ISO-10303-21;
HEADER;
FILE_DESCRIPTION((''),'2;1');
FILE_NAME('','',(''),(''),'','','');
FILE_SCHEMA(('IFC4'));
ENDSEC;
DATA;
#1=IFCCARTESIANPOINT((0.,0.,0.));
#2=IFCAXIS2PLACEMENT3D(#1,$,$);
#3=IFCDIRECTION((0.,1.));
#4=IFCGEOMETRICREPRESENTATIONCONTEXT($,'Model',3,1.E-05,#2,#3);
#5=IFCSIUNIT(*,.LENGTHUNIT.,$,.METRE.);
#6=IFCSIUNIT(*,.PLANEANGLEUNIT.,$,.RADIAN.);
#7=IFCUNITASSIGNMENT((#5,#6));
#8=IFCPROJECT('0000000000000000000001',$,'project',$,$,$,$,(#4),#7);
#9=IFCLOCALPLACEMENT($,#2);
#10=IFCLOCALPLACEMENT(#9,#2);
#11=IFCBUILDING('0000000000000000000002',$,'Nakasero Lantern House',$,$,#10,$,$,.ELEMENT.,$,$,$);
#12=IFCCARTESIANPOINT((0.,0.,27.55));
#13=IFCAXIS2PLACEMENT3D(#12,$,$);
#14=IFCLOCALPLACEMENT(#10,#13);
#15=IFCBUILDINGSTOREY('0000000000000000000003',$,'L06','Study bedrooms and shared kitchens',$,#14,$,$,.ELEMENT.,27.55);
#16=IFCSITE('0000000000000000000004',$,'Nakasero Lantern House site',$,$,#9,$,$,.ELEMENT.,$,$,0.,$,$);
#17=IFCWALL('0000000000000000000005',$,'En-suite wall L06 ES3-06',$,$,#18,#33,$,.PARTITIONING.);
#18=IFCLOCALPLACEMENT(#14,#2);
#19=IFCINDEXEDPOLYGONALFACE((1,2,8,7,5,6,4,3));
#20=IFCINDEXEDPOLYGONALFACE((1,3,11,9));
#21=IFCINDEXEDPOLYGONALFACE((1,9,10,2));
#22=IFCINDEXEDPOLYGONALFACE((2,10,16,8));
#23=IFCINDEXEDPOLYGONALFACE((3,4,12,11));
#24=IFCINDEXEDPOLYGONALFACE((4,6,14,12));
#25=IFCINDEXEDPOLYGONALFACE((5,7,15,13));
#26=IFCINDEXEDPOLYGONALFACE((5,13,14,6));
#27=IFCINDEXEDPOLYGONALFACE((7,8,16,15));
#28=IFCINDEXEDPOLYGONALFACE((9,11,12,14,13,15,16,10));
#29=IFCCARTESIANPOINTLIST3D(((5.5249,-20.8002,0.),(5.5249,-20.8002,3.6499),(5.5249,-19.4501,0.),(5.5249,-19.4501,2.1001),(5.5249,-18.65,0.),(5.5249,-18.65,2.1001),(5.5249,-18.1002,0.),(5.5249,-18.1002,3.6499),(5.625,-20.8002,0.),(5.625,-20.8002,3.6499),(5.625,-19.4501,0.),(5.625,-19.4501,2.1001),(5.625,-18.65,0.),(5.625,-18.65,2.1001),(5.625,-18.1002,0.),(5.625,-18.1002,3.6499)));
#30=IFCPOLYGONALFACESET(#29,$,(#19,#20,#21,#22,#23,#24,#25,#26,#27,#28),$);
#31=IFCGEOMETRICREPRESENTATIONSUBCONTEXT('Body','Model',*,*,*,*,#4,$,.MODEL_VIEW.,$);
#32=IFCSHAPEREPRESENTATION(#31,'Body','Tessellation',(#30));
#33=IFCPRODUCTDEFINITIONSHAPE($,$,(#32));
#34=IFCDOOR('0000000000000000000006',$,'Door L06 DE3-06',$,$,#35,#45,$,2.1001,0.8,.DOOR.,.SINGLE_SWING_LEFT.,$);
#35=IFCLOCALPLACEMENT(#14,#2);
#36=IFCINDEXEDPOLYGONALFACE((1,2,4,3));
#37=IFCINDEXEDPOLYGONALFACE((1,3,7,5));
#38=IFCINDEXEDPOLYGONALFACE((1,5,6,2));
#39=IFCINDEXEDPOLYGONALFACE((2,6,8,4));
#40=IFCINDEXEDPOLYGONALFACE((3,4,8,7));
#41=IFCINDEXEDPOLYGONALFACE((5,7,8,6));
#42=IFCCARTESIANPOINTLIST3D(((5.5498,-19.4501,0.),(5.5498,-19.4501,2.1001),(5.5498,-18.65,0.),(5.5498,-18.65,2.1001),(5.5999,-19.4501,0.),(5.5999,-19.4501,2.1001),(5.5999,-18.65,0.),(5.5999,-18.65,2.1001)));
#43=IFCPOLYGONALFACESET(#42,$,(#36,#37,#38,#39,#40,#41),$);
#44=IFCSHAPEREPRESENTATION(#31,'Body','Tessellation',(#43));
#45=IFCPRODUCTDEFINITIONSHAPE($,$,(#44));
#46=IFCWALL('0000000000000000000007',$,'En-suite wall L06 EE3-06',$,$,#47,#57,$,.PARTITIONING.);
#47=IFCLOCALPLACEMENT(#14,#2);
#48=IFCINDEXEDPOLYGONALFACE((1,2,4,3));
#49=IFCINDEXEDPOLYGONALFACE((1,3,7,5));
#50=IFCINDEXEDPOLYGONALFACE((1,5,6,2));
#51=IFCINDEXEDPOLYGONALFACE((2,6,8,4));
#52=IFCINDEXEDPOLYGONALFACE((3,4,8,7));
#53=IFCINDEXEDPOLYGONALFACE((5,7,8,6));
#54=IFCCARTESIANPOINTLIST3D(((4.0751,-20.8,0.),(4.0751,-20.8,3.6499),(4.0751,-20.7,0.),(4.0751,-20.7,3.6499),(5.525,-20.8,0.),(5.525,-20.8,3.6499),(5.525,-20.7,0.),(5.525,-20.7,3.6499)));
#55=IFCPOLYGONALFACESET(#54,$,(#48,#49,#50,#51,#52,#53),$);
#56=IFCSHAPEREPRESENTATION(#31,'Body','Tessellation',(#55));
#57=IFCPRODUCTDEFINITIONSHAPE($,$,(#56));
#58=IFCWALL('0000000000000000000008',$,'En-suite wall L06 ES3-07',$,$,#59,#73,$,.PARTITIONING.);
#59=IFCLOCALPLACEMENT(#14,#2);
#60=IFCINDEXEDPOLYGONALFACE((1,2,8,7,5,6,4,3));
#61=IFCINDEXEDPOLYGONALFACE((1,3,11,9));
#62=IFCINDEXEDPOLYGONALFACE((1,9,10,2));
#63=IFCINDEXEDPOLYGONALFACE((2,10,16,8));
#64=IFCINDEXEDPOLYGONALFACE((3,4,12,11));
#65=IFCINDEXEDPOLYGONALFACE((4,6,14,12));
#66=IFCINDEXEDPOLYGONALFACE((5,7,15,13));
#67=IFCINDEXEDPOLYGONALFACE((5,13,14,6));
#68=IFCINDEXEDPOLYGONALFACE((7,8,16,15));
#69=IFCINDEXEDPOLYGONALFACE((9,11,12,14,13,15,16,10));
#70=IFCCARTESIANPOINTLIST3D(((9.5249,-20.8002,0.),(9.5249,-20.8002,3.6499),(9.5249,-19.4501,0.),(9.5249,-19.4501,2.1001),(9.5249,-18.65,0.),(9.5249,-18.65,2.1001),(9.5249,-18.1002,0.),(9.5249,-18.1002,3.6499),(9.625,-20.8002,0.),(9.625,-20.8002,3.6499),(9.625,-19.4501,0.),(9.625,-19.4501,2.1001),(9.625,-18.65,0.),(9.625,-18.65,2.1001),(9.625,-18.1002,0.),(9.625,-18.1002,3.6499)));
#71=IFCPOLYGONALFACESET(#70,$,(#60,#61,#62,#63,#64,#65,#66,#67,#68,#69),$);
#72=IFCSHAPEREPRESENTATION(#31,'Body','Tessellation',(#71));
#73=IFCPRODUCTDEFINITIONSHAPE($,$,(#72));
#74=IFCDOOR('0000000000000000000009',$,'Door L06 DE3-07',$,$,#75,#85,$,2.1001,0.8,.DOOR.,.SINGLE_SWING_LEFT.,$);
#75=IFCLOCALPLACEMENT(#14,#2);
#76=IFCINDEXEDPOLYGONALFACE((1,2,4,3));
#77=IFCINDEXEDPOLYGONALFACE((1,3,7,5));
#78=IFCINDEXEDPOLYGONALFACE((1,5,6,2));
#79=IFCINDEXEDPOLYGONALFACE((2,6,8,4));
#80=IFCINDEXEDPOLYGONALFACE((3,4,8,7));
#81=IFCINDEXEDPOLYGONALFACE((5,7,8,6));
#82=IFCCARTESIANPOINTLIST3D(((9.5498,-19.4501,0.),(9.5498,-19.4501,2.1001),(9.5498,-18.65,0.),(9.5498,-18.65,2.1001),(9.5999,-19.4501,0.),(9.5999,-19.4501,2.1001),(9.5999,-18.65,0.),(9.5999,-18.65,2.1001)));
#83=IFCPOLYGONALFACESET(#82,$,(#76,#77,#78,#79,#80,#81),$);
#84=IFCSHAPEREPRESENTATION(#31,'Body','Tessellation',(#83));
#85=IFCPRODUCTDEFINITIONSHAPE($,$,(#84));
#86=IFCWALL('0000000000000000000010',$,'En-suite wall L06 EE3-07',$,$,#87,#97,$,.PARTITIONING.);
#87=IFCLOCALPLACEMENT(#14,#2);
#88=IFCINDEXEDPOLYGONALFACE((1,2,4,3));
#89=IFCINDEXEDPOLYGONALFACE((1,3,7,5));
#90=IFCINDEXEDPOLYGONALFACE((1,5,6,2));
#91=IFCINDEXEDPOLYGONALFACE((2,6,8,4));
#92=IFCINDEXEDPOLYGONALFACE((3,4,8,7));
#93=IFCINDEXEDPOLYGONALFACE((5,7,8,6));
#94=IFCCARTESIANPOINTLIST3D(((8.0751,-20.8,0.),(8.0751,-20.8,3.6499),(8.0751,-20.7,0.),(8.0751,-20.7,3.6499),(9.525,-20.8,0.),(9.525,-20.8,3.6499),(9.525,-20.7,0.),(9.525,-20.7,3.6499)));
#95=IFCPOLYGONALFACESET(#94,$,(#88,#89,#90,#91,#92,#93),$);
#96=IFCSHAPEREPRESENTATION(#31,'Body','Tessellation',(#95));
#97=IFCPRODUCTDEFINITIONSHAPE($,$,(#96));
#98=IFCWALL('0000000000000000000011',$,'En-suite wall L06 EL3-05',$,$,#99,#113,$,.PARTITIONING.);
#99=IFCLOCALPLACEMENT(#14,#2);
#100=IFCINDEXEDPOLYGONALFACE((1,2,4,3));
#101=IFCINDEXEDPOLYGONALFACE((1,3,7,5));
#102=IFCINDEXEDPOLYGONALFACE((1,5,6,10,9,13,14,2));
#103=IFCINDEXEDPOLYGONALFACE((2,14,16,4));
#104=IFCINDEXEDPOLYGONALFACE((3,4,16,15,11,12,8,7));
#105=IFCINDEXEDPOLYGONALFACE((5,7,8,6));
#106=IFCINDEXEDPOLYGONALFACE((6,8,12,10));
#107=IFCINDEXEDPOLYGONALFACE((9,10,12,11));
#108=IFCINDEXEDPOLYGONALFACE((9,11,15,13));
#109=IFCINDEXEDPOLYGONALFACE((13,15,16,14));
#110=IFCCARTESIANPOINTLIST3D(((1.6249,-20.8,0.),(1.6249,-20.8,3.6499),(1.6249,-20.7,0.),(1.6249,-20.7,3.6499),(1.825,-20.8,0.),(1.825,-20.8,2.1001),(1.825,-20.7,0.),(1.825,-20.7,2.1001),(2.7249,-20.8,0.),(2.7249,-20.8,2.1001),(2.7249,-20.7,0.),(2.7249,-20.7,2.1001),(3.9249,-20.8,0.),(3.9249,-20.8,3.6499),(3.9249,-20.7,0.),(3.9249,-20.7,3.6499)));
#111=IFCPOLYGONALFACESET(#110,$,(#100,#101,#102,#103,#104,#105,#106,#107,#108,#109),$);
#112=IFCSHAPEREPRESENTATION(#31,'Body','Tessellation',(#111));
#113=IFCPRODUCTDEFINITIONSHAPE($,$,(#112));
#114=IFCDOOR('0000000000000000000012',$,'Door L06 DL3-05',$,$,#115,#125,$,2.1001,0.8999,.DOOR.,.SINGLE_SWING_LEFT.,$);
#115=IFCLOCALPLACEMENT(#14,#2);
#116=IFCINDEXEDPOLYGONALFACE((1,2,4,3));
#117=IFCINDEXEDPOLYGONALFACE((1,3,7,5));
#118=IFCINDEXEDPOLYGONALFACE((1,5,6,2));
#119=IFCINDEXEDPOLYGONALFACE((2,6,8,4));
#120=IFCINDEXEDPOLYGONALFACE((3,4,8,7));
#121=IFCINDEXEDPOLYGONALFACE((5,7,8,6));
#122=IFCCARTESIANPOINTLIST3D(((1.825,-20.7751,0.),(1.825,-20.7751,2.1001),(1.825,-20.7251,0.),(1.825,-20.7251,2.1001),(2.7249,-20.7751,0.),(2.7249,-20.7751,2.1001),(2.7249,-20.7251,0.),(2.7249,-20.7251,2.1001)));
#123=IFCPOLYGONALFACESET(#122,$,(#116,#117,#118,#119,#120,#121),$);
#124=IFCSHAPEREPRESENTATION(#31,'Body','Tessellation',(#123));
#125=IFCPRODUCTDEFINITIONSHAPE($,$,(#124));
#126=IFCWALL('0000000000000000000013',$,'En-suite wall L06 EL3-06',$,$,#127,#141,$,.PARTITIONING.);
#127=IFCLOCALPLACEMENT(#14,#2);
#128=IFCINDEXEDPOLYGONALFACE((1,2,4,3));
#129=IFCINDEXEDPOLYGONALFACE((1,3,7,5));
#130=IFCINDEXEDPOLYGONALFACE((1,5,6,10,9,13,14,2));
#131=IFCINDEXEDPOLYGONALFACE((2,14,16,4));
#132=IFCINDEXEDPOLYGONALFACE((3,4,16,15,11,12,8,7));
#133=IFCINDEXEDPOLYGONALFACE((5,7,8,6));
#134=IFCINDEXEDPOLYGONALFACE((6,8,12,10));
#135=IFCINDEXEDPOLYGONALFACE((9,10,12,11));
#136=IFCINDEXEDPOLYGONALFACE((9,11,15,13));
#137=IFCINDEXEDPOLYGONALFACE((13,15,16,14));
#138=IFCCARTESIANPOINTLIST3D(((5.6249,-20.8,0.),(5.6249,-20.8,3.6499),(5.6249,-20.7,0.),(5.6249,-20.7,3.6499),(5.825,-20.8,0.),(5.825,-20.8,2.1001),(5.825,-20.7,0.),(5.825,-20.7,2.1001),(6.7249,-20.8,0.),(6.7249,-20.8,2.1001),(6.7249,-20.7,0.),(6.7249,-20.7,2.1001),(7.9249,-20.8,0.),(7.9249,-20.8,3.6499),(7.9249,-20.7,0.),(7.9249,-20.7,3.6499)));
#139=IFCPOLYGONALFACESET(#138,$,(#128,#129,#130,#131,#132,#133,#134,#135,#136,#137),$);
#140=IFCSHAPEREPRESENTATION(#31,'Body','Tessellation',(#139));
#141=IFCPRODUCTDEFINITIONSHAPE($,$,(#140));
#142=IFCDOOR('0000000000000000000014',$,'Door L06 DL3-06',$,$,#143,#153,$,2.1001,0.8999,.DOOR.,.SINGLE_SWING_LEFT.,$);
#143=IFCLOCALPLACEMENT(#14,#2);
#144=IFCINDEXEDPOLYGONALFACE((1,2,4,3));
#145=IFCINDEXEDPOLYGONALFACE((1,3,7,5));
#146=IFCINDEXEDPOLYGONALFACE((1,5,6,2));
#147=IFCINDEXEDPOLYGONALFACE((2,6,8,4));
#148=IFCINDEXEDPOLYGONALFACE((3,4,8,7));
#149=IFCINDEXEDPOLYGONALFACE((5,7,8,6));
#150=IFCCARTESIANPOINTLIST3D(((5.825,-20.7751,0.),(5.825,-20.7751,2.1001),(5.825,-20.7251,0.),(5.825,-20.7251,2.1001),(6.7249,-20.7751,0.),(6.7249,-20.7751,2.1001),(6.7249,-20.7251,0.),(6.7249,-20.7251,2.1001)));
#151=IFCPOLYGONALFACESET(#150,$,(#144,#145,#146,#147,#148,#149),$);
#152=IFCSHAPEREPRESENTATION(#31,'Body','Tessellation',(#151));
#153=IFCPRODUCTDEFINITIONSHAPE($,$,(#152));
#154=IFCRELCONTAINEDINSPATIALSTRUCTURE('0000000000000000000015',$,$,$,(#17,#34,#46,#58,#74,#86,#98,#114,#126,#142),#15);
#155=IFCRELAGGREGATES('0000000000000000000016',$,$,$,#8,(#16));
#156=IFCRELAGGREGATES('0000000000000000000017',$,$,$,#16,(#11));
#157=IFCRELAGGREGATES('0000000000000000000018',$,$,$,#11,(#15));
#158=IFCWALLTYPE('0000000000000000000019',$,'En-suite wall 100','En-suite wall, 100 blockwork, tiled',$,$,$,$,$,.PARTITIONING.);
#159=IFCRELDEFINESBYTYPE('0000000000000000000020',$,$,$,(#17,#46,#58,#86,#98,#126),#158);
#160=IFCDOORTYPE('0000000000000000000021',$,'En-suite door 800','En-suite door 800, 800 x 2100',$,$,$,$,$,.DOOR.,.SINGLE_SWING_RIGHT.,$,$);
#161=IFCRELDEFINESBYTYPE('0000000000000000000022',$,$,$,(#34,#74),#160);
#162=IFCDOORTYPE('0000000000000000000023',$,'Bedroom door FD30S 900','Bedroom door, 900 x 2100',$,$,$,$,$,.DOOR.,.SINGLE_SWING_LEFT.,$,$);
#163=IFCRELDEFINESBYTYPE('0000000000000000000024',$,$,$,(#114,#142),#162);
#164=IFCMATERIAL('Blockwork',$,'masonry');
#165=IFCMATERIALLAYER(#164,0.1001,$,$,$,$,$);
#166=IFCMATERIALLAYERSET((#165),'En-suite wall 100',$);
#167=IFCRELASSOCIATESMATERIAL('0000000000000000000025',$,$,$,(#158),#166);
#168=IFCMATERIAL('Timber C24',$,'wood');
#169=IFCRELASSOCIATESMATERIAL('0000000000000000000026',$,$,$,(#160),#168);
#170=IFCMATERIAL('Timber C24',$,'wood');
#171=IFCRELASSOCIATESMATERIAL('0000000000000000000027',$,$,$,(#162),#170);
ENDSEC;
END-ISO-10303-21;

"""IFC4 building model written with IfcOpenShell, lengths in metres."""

from ifc_helpers import new_model, si_unit, direction, frame, frame_2d, origin, place, context, subcontext, project, spatial, rectangle, extrude, material, layer, layer_set, type_object, element, fill, save


model = new_model("IFC4")

# Units and contexts
model_context = context("Model", 3, precision=1e-05, world=origin(), true_north=direction((0.0, 1.0)))
body_context = subcontext(model_context, "Body", "Model", "MODEL_VIEW")
ifc_project = project(units=[si_unit("LENGTHUNIT", "METRE"), si_unit("PLANEANGLEUNIT", "RADIAN")], contexts=[model_context])

# Site, building, storey
site_placement = place(None, origin())
site = spatial("IfcSite", under=ifc_project, at=site_placement, Name="Nakasero Lantern House site", CompositionType="ELEMENT", RefElevation=0.0)
building_placement = place(site_placement, origin())
building = spatial("IfcBuilding", under=site, at=building_placement, Name="Nakasero Lantern House", CompositionType="ELEMENT")
storey_placement = place(building_placement, frame((0.0, 0.0, 27.55)))
storey = spatial("IfcBuildingStorey", under=building, at=storey_placement, Name="L06", Description="Study bedrooms and shared kitchens", CompositionType="ELEMENT", Elevation=27.55)

# Shared definitions
ifc_material_1 = material(Name="Blockwork", Category="masonry")
ifc_layer_1 = layer(ifc_material_1, 0.1001)
ifc_layer_set_1 = layer_set([ifc_layer_1], Name="En-suite wall 100")
wall_type_1 = type_object("IfcWallType", Name="En-suite wall 100", Description="En-suite wall, 100 blockwork, tiled", PredefinedType="PARTITIONING", material=ifc_layer_set_1)
ifc_material_2 = material(Name="Timber C24", Category="wood")
door_type_1 = type_object("IfcDoorType", Name="En-suite door 800", Description="En-suite door 800, 800 x 2100", OperationType="SINGLE_SWING_RIGHT", PredefinedType="DOOR", material=ifc_material_2)

# Wall, opening, door
wall_1_placement = place(storey_placement, frame((5.575, -18.1001, 0.0), z_axis=(0.0, 0.0, 1.0), x_axis=(0.0, -1.0, 0.0)))
wall_1 = element("IfcWall", 1, at=wall_1_placement, inside=storey, type_object=wall_type_1, Name="En-suite wall L06 ES3-06", PredefinedType="PARTITIONING", context=body_context, shape_type="SweptSolid", body=[
    extrude(rectangle(XDim=2.7, YDim=0.1001, at=frame_2d((1.3501, 0.0))), origin(), (0.0, 0.0, 1.0), 3.6499),
])
opening_1_placement = place(wall_1_placement, frame((0.55, 0.0, 0.0)))
opening_1 = element("IfcOpeningElement", 2, at=opening_1_placement, cuts=wall_1, PredefinedType="OPENING", context=body_context, shape_type="SweptSolid", body=[
    extrude(rectangle(XDim=0.8, YDim=2.1001, at=frame_2d((0.3999, 1.05))), frame((0.0, 0.0701, 0.0), z_axis=(0.0, -1.0, 0.0), x_axis=(1.0, 0.0, 0.0)), (0.0, 0.0, 1.0), 0.1401),
])
door_1_placement = place(opening_1_placement, origin())
door_1 = element("IfcDoor", 3, at=door_1_placement, inside=storey, type_object=door_type_1, Name="Door L06 DE3-06", OperationType="SINGLE_SWING_LEFT", OverallHeight=2.1001, OverallWidth=0.8, PredefinedType="DOOR", context=body_context, shape_type="SweptSolid", body=[
    extrude(rectangle(XDim=0.8, YDim=2.1001, at=frame_2d((0.3999, 1.05))), frame((0.0, 0.0249, 0.0), z_axis=(0.0, -1.0, 0.0), x_axis=(1.0, 0.0, 0.0)), (0.0, 0.0, 1.0), 0.05),
])
fill(opening_1, door_1)

# Wall
wall_2_placement = place(storey_placement, frame((4.075, -20.75, 0.0), z_axis=(0.0, 0.0, 1.0), x_axis=(1.0, 0.0, 0.0)))
element("IfcWall", 4, at=wall_2_placement, inside=storey, type_object=wall_type_1, Name="En-suite wall L06 EE3-06", PredefinedType="PARTITIONING", context=body_context, shape_type="SweptSolid", body=[
    extrude(rectangle(XDim=1.45, YDim=0.1001, at=frame_2d((0.7251, 0.0))), origin(), (0.0, 0.0, 1.0), 3.6499),
])

# Wall, opening, door
wall_3_placement = place(storey_placement, frame((9.575, -18.1001, 0.0), z_axis=(0.0, 0.0, 1.0), x_axis=(0.0, -1.0, 0.0)))
wall_3 = element("IfcWall", 5, at=wall_3_placement, inside=storey, type_object=wall_type_1, Name="En-suite wall L06 ES3-07", PredefinedType="PARTITIONING", context=body_context, shape_type="SweptSolid", body=[
    extrude(rectangle(XDim=2.7, YDim=0.1001, at=frame_2d((1.3501, 0.0))), origin(), (0.0, 0.0, 1.0), 3.6499),
])
opening_2_placement = place(wall_3_placement, frame((0.55, 0.0, 0.0)))
opening_2 = element("IfcOpeningElement", 6, at=opening_2_placement, cuts=wall_3, PredefinedType="OPENING", context=body_context, shape_type="SweptSolid", body=[
    extrude(rectangle(XDim=0.8, YDim=2.1001, at=frame_2d((0.3999, 1.05))), frame((0.0, 0.0701, 0.0), z_axis=(0.0, -1.0, 0.0), x_axis=(1.0, 0.0, 0.0)), (0.0, 0.0, 1.0), 0.1401),
])
door_2_placement = place(opening_2_placement, origin())
door_2 = element("IfcDoor", 7, at=door_2_placement, inside=storey, type_object=door_type_1, Name="Door L06 DE3-07", OperationType="SINGLE_SWING_LEFT", OverallHeight=2.1001, OverallWidth=0.8, PredefinedType="DOOR", context=body_context, shape_type="SweptSolid", body=[
    extrude(rectangle(XDim=0.8, YDim=2.1001, at=frame_2d((0.3999, 1.05))), frame((0.0, 0.0249, 0.0), z_axis=(0.0, -1.0, 0.0), x_axis=(1.0, 0.0, 0.0)), (0.0, 0.0, 1.0), 0.05),
])
fill(opening_2, door_2)

# Wall
wall_4_placement = place(storey_placement, frame((8.075, -20.75, 0.0), z_axis=(0.0, 0.0, 1.0), x_axis=(1.0, 0.0, 0.0)))
element("IfcWall", 8, at=wall_4_placement, inside=storey, type_object=wall_type_1, Name="En-suite wall L06 EE3-07", PredefinedType="PARTITIONING", context=body_context, shape_type="SweptSolid", body=[
    extrude(rectangle(XDim=1.45, YDim=0.1001, at=frame_2d((0.7251, 0.0))), origin(), (0.0, 0.0, 1.0), 3.6499),
])

# Walls, openings, doors
wall_5_placement = place(storey_placement, frame((1.625, -20.75, 0.0), z_axis=(0.0, 0.0, 1.0), x_axis=(1.0, 0.0, 0.0)))
wall_5 = element("IfcWall", 9, at=wall_5_placement, inside=storey, type_object=wall_type_1, Name="En-suite wall L06 EL3-05", PredefinedType="PARTITIONING", context=body_context, shape_type="SweptSolid", body=[
    extrude(rectangle(XDim=2.3, YDim=0.1001, at=frame_2d((1.1499, 0.0))), origin(), (0.0, 0.0, 1.0), 3.6499),
])
opening_3_placement = place(wall_5_placement, frame((0.2, 0.0, 0.0)))
opening_3 = element("IfcOpeningElement", 10, at=opening_3_placement, cuts=wall_5, PredefinedType="OPENING", context=body_context, shape_type="SweptSolid", body=[
    extrude(rectangle(XDim=0.8999, YDim=2.1001, at=frame_2d((0.45, 1.05))), frame((0.0, 0.0701, 0.0), z_axis=(0.0, -1.0, 0.0), x_axis=(1.0, 0.0, 0.0)), (0.0, 0.0, 1.0), 0.1401),
])
ifc_material_3 = material(Name="Timber C24", Category="wood")
door_type_2 = type_object("IfcDoorType", Name="Bedroom door FD30S 900", Description="Bedroom door, 900 x 2100", OperationType="SINGLE_SWING_LEFT", PredefinedType="DOOR", material=ifc_material_3)
door_3_placement = place(opening_3_placement, origin())
door_3 = element("IfcDoor", 11, at=door_3_placement, inside=storey, type_object=door_type_2, Name="Door L06 DL3-05", OperationType="SINGLE_SWING_LEFT", OverallHeight=2.1001, OverallWidth=0.8999, PredefinedType="DOOR", context=body_context, shape_type="SweptSolid", body=[
    extrude(rectangle(XDim=0.8999, YDim=2.1001, at=frame_2d((0.45, 1.05))), frame((0.0, 0.0249, 0.0), z_axis=(0.0, -1.0, 0.0), x_axis=(1.0, 0.0, 0.0)), (0.0, 0.0, 1.0), 0.05),
])
fill(opening_3, door_3)
wall_6_placement = place(storey_placement, frame((5.625, -20.75, 0.0), z_axis=(0.0, 0.0, 1.0), x_axis=(1.0, 0.0, 0.0)))
wall_6 = element("IfcWall", 12, at=wall_6_placement, inside=storey, type_object=wall_type_1, Name="En-suite wall L06 EL3-06", PredefinedType="PARTITIONING", context=body_context, shape_type="SweptSolid", body=[
    extrude(rectangle(XDim=2.3, YDim=0.1001, at=frame_2d((1.1499, 0.0))), origin(), (0.0, 0.0, 1.0), 3.6499),
])
opening_4_placement = place(wall_6_placement, frame((0.2, 0.0, 0.0)))
opening_4 = element("IfcOpeningElement", 13, at=opening_4_placement, cuts=wall_6, PredefinedType="OPENING", context=body_context, shape_type="SweptSolid", body=[
    extrude(rectangle(XDim=0.8999, YDim=2.1001, at=frame_2d((0.45, 1.05))), frame((0.0, 0.0701, 0.0), z_axis=(0.0, -1.0, 0.0), x_axis=(1.0, 0.0, 0.0)), (0.0, 0.0, 1.0), 0.1401),
])
door_4_placement = place(opening_4_placement, origin())
door_4 = element("IfcDoor", 14, at=door_4_placement, inside=storey, type_object=door_type_2, Name="Door L06 DL3-06", OperationType="SINGLE_SWING_LEFT", OverallHeight=2.1001, OverallWidth=0.8999, PredefinedType="DOOR", context=body_context, shape_type="SweptSolid", body=[
    extrude(rectangle(XDim=0.8999, YDim=2.1001, at=frame_2d((0.45, 1.05))), frame((0.0, 0.0249, 0.0), z_axis=(0.0, -1.0, 0.0), x_axis=(1.0, 0.0, 0.0)), (0.0, 0.0, 1.0), 0.05),
])
fill(opening_4, door_4)

save(model, "model.ifc")
